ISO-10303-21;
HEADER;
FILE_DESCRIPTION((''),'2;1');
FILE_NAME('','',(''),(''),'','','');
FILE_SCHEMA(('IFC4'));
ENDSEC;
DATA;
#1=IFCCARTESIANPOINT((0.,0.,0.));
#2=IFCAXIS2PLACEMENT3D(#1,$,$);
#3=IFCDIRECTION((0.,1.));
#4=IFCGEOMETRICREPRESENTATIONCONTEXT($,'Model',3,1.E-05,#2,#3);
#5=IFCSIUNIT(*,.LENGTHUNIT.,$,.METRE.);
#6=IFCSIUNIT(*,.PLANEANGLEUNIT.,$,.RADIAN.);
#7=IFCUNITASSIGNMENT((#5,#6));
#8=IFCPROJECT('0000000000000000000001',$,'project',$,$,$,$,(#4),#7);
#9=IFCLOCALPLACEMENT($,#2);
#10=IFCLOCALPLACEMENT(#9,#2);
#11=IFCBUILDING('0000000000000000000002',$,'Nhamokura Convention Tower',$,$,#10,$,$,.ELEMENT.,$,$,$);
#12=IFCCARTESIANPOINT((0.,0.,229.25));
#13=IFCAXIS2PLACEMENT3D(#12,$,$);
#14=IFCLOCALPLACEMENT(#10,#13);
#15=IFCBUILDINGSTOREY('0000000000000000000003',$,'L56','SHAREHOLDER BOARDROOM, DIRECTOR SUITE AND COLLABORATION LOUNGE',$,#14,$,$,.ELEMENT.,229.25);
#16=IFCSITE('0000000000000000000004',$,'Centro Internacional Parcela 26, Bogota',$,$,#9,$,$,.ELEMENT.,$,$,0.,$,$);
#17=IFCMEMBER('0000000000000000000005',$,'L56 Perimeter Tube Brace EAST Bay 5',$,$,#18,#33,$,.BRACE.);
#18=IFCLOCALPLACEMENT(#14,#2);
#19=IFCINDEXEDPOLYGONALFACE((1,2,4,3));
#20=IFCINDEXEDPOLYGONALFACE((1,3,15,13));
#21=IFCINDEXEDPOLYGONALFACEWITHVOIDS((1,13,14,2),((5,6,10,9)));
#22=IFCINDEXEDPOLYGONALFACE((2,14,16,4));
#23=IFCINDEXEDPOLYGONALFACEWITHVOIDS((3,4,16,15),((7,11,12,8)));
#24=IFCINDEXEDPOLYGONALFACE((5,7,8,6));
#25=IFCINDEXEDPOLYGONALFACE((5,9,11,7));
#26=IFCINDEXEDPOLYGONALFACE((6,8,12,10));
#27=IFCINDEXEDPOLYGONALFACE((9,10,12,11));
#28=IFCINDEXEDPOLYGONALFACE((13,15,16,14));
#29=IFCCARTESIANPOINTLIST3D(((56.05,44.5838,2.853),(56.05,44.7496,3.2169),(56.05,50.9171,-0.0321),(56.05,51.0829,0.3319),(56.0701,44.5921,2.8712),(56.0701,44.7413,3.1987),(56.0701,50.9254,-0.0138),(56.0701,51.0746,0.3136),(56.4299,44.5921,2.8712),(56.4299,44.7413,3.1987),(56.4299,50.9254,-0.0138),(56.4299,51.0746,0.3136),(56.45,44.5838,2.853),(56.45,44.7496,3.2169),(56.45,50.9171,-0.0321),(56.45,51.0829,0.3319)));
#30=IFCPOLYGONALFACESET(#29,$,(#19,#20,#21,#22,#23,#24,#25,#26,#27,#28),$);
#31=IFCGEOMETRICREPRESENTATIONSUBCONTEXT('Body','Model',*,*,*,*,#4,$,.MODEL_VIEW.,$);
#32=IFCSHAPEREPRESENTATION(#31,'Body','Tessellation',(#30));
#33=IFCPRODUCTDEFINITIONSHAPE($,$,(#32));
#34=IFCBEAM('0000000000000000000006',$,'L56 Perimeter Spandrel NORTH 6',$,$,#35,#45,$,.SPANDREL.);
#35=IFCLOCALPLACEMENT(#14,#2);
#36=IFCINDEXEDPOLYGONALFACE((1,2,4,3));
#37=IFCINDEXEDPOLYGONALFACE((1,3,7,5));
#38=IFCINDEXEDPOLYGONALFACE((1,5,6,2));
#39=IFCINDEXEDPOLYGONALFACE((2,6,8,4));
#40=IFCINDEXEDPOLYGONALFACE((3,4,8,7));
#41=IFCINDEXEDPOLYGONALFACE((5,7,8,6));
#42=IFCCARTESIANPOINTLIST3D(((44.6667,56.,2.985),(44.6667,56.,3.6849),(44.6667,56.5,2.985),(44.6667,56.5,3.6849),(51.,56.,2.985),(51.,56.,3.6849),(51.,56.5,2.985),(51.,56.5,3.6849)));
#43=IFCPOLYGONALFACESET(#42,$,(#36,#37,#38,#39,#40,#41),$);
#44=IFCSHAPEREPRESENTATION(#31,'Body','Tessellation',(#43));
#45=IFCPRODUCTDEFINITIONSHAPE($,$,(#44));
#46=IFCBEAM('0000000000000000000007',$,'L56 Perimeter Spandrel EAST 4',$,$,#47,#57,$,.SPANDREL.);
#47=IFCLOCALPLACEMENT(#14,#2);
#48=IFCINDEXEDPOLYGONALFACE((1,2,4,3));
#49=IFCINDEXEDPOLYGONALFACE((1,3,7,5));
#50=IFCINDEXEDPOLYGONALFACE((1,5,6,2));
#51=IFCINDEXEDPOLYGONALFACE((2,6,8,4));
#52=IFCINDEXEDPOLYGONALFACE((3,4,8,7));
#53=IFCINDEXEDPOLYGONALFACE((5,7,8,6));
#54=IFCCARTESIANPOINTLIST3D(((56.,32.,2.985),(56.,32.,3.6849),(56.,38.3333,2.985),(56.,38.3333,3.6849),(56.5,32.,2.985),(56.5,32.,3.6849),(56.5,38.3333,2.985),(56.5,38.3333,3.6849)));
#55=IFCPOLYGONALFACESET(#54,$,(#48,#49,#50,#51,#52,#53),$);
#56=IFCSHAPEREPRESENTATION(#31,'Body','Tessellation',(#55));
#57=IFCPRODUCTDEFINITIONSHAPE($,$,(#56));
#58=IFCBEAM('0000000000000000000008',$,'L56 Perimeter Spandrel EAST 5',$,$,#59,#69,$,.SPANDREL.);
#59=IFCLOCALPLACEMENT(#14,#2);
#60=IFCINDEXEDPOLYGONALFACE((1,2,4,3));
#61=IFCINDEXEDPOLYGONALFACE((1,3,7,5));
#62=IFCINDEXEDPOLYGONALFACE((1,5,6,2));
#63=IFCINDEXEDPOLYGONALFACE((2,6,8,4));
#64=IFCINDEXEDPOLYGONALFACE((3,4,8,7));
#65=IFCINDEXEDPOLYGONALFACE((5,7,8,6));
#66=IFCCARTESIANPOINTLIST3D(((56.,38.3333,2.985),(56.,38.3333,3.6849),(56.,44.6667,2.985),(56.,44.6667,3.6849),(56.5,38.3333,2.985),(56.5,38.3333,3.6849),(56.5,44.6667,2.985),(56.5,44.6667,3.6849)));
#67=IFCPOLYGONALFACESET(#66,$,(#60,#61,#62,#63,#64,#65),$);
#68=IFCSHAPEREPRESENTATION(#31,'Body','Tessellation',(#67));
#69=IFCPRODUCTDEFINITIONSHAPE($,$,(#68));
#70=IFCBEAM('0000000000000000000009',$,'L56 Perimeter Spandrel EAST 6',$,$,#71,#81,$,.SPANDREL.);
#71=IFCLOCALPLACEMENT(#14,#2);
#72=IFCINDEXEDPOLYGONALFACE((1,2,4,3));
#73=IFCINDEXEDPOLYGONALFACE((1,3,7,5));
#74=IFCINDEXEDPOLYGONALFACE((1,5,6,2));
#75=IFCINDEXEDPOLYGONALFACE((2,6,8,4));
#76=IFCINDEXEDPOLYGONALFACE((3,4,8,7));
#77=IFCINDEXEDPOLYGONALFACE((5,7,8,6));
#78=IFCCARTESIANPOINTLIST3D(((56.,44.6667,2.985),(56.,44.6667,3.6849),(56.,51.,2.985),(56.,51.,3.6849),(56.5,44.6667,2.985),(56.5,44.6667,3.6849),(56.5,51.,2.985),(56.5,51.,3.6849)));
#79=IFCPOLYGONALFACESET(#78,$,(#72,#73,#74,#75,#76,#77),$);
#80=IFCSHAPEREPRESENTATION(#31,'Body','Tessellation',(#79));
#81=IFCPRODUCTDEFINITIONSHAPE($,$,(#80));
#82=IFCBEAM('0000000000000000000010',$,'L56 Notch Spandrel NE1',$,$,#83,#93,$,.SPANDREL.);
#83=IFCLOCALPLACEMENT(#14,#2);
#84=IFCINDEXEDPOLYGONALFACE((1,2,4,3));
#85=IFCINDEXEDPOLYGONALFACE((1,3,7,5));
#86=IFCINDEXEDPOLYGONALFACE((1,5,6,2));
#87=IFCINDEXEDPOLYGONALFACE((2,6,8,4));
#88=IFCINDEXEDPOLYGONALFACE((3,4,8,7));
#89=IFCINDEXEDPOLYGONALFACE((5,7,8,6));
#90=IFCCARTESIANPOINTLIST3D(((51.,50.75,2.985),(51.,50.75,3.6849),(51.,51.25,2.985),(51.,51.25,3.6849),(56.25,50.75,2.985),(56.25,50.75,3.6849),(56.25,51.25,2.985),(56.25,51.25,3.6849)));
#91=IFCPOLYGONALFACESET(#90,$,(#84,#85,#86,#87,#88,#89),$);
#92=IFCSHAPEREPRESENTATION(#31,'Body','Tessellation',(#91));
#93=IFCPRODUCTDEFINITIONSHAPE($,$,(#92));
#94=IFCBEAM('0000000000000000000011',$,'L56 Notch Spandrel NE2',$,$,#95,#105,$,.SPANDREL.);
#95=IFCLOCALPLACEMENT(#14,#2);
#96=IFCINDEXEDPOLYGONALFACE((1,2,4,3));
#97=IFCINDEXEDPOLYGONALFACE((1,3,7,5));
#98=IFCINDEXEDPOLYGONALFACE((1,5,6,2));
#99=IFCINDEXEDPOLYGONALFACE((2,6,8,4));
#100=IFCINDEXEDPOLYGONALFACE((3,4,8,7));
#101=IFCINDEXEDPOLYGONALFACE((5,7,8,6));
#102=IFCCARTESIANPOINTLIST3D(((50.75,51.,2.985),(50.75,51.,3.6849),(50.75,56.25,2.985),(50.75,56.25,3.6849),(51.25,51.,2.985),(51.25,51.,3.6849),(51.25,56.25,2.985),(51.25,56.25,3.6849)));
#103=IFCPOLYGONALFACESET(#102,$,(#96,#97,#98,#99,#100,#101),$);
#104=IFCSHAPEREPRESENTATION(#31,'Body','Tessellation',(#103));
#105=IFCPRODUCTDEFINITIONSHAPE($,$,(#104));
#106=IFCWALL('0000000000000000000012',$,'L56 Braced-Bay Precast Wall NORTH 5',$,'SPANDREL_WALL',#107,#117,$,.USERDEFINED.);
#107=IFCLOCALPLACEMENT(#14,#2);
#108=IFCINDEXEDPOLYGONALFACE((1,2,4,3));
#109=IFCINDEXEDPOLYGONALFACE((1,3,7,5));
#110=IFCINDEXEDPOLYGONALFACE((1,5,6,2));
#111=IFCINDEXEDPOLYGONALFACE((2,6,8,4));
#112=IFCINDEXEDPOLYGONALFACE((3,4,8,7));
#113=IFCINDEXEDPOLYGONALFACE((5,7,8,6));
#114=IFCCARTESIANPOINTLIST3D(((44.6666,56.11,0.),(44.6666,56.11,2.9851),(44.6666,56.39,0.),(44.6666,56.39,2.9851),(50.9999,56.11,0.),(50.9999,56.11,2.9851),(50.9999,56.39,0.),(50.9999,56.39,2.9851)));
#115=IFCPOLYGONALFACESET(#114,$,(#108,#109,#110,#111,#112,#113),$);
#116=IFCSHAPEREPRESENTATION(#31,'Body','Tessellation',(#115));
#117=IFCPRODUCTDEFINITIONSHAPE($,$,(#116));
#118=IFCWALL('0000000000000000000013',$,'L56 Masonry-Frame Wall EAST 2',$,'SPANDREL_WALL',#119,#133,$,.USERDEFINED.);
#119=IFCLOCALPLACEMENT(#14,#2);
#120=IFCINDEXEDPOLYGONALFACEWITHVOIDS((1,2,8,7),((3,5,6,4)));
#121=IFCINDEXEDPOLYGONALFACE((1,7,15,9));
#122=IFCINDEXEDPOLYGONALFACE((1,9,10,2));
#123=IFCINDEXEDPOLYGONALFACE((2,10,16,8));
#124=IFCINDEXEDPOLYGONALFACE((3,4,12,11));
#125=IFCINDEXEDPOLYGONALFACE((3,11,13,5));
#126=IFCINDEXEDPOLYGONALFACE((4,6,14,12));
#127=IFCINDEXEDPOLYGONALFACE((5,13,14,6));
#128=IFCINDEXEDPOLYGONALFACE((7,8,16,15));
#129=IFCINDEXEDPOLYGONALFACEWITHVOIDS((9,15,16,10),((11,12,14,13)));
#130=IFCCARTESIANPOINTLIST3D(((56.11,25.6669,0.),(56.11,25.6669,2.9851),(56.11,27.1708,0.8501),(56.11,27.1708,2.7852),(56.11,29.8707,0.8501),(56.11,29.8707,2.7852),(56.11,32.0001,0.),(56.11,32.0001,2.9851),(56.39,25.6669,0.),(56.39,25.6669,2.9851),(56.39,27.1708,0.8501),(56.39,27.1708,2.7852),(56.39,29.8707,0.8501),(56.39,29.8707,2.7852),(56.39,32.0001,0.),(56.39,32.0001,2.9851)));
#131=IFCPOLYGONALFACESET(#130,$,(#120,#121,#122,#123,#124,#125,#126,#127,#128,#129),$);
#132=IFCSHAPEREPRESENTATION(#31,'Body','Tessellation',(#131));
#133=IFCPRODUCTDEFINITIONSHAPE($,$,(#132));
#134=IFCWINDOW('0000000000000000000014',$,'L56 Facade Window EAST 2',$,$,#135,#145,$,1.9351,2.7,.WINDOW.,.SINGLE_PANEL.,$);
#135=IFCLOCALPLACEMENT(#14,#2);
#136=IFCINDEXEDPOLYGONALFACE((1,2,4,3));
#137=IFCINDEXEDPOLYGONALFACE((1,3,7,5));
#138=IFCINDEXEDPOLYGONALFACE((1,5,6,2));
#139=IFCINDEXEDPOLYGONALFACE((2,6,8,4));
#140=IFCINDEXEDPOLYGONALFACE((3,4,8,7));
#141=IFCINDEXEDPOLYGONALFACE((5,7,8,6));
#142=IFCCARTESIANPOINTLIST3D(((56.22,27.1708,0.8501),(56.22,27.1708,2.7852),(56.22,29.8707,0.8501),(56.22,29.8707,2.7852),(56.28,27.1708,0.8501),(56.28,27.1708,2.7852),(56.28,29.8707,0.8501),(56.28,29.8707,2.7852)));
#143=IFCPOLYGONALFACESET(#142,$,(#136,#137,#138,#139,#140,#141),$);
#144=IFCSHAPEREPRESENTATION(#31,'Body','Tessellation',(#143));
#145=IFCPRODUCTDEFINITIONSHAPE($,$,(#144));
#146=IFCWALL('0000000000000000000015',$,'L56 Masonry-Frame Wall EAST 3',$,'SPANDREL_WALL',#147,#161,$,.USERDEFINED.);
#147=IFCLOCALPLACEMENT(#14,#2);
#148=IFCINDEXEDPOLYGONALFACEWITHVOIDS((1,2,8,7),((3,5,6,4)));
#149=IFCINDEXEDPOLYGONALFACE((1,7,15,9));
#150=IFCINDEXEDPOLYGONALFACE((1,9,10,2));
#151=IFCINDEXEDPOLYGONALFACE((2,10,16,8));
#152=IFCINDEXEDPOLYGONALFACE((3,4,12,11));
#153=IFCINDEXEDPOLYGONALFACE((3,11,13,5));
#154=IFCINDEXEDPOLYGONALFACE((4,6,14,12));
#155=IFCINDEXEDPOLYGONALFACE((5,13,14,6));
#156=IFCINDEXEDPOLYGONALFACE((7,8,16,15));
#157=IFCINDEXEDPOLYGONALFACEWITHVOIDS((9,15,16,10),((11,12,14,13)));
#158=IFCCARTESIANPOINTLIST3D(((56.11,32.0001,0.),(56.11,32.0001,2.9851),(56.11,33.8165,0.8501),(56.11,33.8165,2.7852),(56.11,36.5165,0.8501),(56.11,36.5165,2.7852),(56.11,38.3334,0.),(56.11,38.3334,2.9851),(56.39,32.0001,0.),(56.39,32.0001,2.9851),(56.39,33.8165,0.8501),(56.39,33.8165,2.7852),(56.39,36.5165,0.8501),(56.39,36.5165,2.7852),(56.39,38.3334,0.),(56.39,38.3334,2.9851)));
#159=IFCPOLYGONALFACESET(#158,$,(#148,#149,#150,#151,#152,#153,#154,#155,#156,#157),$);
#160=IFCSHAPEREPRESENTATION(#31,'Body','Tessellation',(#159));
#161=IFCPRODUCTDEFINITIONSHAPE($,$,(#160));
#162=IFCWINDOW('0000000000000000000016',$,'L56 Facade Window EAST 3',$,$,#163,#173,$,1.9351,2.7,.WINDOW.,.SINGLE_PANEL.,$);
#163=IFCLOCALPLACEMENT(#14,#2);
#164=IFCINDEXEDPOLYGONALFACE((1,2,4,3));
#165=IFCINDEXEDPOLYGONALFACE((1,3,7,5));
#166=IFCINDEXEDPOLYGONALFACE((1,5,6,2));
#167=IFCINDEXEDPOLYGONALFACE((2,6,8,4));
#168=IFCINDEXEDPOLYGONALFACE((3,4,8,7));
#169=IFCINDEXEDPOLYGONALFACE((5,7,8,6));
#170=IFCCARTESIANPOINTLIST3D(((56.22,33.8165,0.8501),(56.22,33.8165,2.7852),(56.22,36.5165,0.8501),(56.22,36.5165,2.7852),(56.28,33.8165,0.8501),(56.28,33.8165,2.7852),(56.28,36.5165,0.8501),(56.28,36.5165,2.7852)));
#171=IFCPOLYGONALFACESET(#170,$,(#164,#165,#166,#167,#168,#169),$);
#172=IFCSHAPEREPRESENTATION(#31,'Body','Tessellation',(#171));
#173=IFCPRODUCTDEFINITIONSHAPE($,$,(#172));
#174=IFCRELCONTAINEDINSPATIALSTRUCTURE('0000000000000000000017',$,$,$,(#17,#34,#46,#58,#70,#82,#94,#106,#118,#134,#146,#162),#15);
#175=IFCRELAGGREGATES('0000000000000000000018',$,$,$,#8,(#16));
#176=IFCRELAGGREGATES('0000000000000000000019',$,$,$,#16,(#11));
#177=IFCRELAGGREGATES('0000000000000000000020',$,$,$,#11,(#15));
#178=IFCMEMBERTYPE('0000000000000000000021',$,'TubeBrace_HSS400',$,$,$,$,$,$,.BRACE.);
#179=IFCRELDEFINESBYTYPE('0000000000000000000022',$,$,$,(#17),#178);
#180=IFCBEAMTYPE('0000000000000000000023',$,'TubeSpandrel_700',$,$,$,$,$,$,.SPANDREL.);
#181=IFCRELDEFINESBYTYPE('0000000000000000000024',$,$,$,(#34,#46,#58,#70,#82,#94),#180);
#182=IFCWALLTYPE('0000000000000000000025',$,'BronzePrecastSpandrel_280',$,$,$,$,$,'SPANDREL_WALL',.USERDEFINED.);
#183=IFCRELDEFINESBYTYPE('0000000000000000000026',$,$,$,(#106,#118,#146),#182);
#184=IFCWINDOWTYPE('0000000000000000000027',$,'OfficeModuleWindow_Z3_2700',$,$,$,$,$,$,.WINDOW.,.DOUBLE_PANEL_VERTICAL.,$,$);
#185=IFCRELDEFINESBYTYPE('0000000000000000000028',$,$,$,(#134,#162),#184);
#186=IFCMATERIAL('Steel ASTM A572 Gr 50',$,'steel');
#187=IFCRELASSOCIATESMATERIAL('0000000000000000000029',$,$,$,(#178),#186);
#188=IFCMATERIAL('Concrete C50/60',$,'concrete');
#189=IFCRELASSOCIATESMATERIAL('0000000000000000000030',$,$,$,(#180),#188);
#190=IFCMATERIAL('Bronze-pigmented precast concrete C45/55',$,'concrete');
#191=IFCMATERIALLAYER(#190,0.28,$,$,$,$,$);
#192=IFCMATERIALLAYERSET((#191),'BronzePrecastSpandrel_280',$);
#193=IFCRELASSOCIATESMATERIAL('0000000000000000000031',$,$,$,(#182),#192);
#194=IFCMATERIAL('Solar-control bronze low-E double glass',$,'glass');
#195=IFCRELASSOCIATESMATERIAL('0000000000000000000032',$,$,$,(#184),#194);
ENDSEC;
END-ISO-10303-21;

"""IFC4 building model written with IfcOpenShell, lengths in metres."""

from ifc_helpers import new_model, si_unit, direction, frame, frame_2d, origin, origin_2d, place, context, subcontext, project, spatial, rectangle, hollow_rectangle, extrude, material, layer, layer_set, material_profile, profile_set, type_object, element, fill, save


model = new_model("IFC4")

# Units and contexts
model_context = context("Model", 3, precision=1e-05, world=origin(), true_north=direction((0.0, 1.0)))
body_context = subcontext(model_context, "Body", "Model", "MODEL_VIEW")
ifc_project = project(units=[si_unit("LENGTHUNIT", "METRE"), si_unit("PLANEANGLEUNIT", "RADIAN")], contexts=[model_context])

# Site, building, storey
site_placement = place(None, origin())
site = spatial("IfcSite", under=ifc_project, at=site_placement, Name="Centro Internacional Parcela 26, Bogota", CompositionType="ELEMENT", RefElevation=0.0)
building_placement = place(site_placement, origin())
building = spatial("IfcBuilding", under=site, at=building_placement, Name="Nhamokura Convention Tower", CompositionType="ELEMENT")
storey_placement = place(building_placement, frame((0.0, 0.0, 229.25)))
storey = spatial("IfcBuildingStorey", under=building, at=storey_placement, Name="L56", Description="SHAREHOLDER BOARDROOM, DIRECTOR SUITE AND COLLABORATION LOUNGE", CompositionType="ELEMENT", Elevation=229.25)

# Member
ifc_material_1 = material(Name="Steel ASTM A572 Gr 50", Category="steel")
ifc_material_profile_1 = material_profile(ifc_material_1, hollow_rectangle(XDim=0.3999, YDim=0.3999, WallThickness=0.02, at=origin_2d()))
ifc_profile_set_1 = profile_set([ifc_material_profile_1], Name="Steel ASTM A572 Gr 50")
member_type_1 = type_object("IfcMemberType", Name="TubeBrace_HSS400", PredefinedType="BRACE", material=ifc_profile_set_1)
for number, where, z_axis, x_axis, name in (
    (1, (56.25, 51.0, 0.1499), (0.0, -0.910027, 0.414548), (1.0, 0.0, 0.0), "L56 Perimeter Tube Brace EAST Bay 5"),
):
    element("IfcMember", number, at=place(storey_placement, frame(where, z_axis=z_axis, x_axis=x_axis)), inside=storey, type_object=member_type_1, Name=name, PredefinedType="BRACE", context=body_context, shape_type="SweptSolid", body=[
        extrude(hollow_rectangle(XDim=0.3999, YDim=0.3999, WallThickness=0.02, at=origin_2d()), origin(), (0.0, 0.0, 1.0), 6.9595),
    ])

# Beams
ifc_material_2 = material(Name="Concrete C50/60", Category="concrete")
ifc_material_profile_2 = material_profile(ifc_material_2, rectangle(XDim=0.5, YDim=0.7, at=origin_2d()))
ifc_profile_set_2 = profile_set([ifc_material_profile_2], Name="Concrete C50/60")
beam_type_1 = type_object("IfcBeamType", Name="TubeSpandrel_700", PredefinedType="SPANDREL", material=ifc_profile_set_2)
for number, where, z_axis, x_axis, name in (
    (2, (44.6667, 56.25, 3.335), (1.0, 0.0, 0.0), (0.0, 1.0, 0.0), "L56 Perimeter Spandrel NORTH 6"),
    (3, (56.25, 32.0, 3.335), (0.0, 1.0, 0.0), (-1.0, 0.0, 0.0), "L56 Perimeter Spandrel EAST 4"),
):
    element("IfcBeam", number, at=place(storey_placement, frame(where, z_axis=z_axis, x_axis=x_axis)), inside=storey, type_object=beam_type_1, Name=name, PredefinedType="SPANDREL", context=body_context, shape_type="SweptSolid", body=[
        extrude(rectangle(XDim=0.5, YDim=0.7, at=origin_2d()), origin(), (0.0, 0.0, 1.0), 6.3333),
    ])
beam_1_placement = place(storey_placement, frame((56.25, 38.3333, 3.335), z_axis=(0.0, 1.0, 0.0), x_axis=(-1.0, 0.0, 0.0)))
element("IfcBeam", 4, at=beam_1_placement, inside=storey, type_object=beam_type_1, Name="L56 Perimeter Spandrel EAST 5", PredefinedType="SPANDREL", context=body_context, shape_type="SweptSolid", body=[
    extrude(rectangle(XDim=0.5, YDim=0.7, at=origin_2d()), origin(), (0.0, 0.0, 1.0), 6.3335),
])
beam_2_placement = place(storey_placement, frame((56.25, 44.6667, 3.335), z_axis=(0.0, 1.0, 0.0), x_axis=(-1.0, 0.0, 0.0)))
element("IfcBeam", 5, at=beam_2_placement, inside=storey, type_object=beam_type_1, Name="L56 Perimeter Spandrel EAST 6", PredefinedType="SPANDREL", context=body_context, shape_type="SweptSolid", body=[
    extrude(rectangle(XDim=0.5, YDim=0.7, at=origin_2d()), origin(), (0.0, 0.0, 1.0), 6.3333),
])
for number, where, z_axis, x_axis, name in (
    (6, (56.25, 51.0, 3.335), (-1.0, 0.0, 0.0), (0.0, -1.0, 0.0), "L56 Notch Spandrel NE1"),
    (7, (51.0, 51.0, 3.335), (0.0, 1.0, 0.0), (-1.0, 0.0, 0.0), "L56 Notch Spandrel NE2"),
):
    element("IfcBeam", number, at=place(storey_placement, frame(where, z_axis=z_axis, x_axis=x_axis)), inside=storey, type_object=beam_type_1, Name=name, PredefinedType="SPANDREL", context=body_context, shape_type="SweptSolid", body=[
        extrude(rectangle(XDim=0.5, YDim=0.7, at=origin_2d()), origin(), (0.0, 0.0, 1.0), 5.25),
    ])

# Wall
ifc_material_3 = material(Name="Bronze-pigmented precast concrete C45/55", Category="concrete")
ifc_layer_1 = layer(ifc_material_3, 0.28)
ifc_layer_set_1 = layer_set([ifc_layer_1], Name="BronzePrecastSpandrel_280")
wall_type_1 = type_object("IfcWallType", Name="BronzePrecastSpandrel_280", ElementType="SPANDREL_WALL", PredefinedType="USERDEFINED", material=ifc_layer_set_1)
wall_1_placement = place(storey_placement, frame((44.6667, 56.25, 0.0), z_axis=(0.0, 0.0, 1.0), x_axis=(1.0, 0.0, 0.0)))
element("IfcWall", 8, at=wall_1_placement, inside=storey, type_object=wall_type_1, Name="L56 Braced-Bay Precast Wall NORTH 5", ObjectType="SPANDREL_WALL", PredefinedType="USERDEFINED", context=body_context, shape_type="SweptSolid", body=[
    extrude(rectangle(XDim=6.3333, YDim=0.28, at=frame_2d((3.1665, 0.0))), origin(), (0.0, 0.0, 1.0), 2.9851),
])

# Walls, openings, windows
wall_2_placement = place(storey_placement, frame((56.25, 32.0, 0.0), z_axis=(0.0, 0.0, 1.0), x_axis=(0.0, -1.0, 0.0)))
wall_2 = element("IfcWall", 9, at=wall_2_placement, inside=storey, type_object=wall_type_1, Name="L56 Masonry-Frame Wall EAST 2", ObjectType="SPANDREL_WALL", PredefinedType="USERDEFINED", context=body_context, shape_type="SweptSolid", body=[
    extrude(rectangle(XDim=6.3333, YDim=0.28, at=frame_2d((3.1665, 0.0))), origin(), (0.0, 0.0, 1.0), 2.9851),
])
opening_1_placement = place(wall_2_placement, frame((2.1292, 0.0, 0.8501)))
opening_1 = element("IfcOpeningElement", 10, at=opening_1_placement, cuts=wall_2, PredefinedType="OPENING", context=body_context, shape_type="SweptSolid", body=[
    extrude(rectangle(XDim=2.7, YDim=1.9351, at=frame_2d((1.3501, 0.9675))), frame((0.0, 0.1499, 0.0), z_axis=(0.0, -1.0, 0.0), x_axis=(1.0, 0.0, 0.0)), (0.0, 0.0, 1.0), 0.3),
])
ifc_material_4 = material(Name="Solar-control bronze low-E double glass", Category="glass")
window_type_1 = type_object("IfcWindowType", Name="OfficeModuleWindow_Z3_2700", PartitioningType="DOUBLE_PANEL_VERTICAL", PredefinedType="WINDOW", material=ifc_material_4)
window_1_placement = place(opening_1_placement, origin())
window_1 = element("IfcWindow", 11, at=window_1_placement, inside=storey, type_object=window_type_1, Name="L56 Facade Window EAST 2", OverallHeight=1.9351, OverallWidth=2.7, PartitioningType="SINGLE_PANEL", PredefinedType="WINDOW", context=body_context, shape_type="SweptSolid", body=[
    extrude(rectangle(XDim=2.7, YDim=1.9351, at=frame_2d((1.3501, 0.9675))), frame((0.0, 0.03, 0.0), z_axis=(0.0, -1.0, 0.0), x_axis=(1.0, 0.0, 0.0)), (0.0, 0.0, 1.0), 0.0601),
])
fill(opening_1, window_1)
wall_3_placement = place(storey_placement, frame((56.25, 38.3333, 0.0), z_axis=(0.0, 0.0, 1.0), x_axis=(0.0, -1.0, 0.0)))
wall_3 = element("IfcWall", 12, at=wall_3_placement, inside=storey, type_object=wall_type_1, Name="L56 Masonry-Frame Wall EAST 3", ObjectType="SPANDREL_WALL", PredefinedType="USERDEFINED", context=body_context, shape_type="SweptSolid", body=[
    extrude(rectangle(XDim=6.3333, YDim=0.28, at=frame_2d((3.1665, 0.0))), origin(), (0.0, 0.0, 1.0), 2.9851),
])
opening_2_placement = place(wall_3_placement, frame((1.8167, 0.0, 0.8501)))
opening_2 = element("IfcOpeningElement", 13, at=opening_2_placement, cuts=wall_3, PredefinedType="OPENING", context=body_context, shape_type="SweptSolid", body=[
    extrude(rectangle(XDim=2.7, YDim=1.9351, at=frame_2d((1.3501, 0.9675))), frame((0.0, 0.1499, 0.0), z_axis=(0.0, -1.0, 0.0), x_axis=(1.0, 0.0, 0.0)), (0.0, 0.0, 1.0), 0.3),
])
window_2_placement = place(opening_2_placement, origin())
window_2 = element("IfcWindow", 14, at=window_2_placement, inside=storey, type_object=window_type_1, Name="L56 Facade Window EAST 3", OverallHeight=1.9351, OverallWidth=2.7, PartitioningType="SINGLE_PANEL", PredefinedType="WINDOW", context=body_context, shape_type="SweptSolid", body=[
    extrude(rectangle(XDim=2.7, YDim=1.9351, at=frame_2d((1.3501, 0.9675))), frame((0.0, 0.03, 0.0), z_axis=(0.0, -1.0, 0.0), x_axis=(1.0, 0.0, 0.0)), (0.0, 0.0, 1.0), 0.0601),
])
fill(opening_2, window_2)

save(model, "model.ifc")
